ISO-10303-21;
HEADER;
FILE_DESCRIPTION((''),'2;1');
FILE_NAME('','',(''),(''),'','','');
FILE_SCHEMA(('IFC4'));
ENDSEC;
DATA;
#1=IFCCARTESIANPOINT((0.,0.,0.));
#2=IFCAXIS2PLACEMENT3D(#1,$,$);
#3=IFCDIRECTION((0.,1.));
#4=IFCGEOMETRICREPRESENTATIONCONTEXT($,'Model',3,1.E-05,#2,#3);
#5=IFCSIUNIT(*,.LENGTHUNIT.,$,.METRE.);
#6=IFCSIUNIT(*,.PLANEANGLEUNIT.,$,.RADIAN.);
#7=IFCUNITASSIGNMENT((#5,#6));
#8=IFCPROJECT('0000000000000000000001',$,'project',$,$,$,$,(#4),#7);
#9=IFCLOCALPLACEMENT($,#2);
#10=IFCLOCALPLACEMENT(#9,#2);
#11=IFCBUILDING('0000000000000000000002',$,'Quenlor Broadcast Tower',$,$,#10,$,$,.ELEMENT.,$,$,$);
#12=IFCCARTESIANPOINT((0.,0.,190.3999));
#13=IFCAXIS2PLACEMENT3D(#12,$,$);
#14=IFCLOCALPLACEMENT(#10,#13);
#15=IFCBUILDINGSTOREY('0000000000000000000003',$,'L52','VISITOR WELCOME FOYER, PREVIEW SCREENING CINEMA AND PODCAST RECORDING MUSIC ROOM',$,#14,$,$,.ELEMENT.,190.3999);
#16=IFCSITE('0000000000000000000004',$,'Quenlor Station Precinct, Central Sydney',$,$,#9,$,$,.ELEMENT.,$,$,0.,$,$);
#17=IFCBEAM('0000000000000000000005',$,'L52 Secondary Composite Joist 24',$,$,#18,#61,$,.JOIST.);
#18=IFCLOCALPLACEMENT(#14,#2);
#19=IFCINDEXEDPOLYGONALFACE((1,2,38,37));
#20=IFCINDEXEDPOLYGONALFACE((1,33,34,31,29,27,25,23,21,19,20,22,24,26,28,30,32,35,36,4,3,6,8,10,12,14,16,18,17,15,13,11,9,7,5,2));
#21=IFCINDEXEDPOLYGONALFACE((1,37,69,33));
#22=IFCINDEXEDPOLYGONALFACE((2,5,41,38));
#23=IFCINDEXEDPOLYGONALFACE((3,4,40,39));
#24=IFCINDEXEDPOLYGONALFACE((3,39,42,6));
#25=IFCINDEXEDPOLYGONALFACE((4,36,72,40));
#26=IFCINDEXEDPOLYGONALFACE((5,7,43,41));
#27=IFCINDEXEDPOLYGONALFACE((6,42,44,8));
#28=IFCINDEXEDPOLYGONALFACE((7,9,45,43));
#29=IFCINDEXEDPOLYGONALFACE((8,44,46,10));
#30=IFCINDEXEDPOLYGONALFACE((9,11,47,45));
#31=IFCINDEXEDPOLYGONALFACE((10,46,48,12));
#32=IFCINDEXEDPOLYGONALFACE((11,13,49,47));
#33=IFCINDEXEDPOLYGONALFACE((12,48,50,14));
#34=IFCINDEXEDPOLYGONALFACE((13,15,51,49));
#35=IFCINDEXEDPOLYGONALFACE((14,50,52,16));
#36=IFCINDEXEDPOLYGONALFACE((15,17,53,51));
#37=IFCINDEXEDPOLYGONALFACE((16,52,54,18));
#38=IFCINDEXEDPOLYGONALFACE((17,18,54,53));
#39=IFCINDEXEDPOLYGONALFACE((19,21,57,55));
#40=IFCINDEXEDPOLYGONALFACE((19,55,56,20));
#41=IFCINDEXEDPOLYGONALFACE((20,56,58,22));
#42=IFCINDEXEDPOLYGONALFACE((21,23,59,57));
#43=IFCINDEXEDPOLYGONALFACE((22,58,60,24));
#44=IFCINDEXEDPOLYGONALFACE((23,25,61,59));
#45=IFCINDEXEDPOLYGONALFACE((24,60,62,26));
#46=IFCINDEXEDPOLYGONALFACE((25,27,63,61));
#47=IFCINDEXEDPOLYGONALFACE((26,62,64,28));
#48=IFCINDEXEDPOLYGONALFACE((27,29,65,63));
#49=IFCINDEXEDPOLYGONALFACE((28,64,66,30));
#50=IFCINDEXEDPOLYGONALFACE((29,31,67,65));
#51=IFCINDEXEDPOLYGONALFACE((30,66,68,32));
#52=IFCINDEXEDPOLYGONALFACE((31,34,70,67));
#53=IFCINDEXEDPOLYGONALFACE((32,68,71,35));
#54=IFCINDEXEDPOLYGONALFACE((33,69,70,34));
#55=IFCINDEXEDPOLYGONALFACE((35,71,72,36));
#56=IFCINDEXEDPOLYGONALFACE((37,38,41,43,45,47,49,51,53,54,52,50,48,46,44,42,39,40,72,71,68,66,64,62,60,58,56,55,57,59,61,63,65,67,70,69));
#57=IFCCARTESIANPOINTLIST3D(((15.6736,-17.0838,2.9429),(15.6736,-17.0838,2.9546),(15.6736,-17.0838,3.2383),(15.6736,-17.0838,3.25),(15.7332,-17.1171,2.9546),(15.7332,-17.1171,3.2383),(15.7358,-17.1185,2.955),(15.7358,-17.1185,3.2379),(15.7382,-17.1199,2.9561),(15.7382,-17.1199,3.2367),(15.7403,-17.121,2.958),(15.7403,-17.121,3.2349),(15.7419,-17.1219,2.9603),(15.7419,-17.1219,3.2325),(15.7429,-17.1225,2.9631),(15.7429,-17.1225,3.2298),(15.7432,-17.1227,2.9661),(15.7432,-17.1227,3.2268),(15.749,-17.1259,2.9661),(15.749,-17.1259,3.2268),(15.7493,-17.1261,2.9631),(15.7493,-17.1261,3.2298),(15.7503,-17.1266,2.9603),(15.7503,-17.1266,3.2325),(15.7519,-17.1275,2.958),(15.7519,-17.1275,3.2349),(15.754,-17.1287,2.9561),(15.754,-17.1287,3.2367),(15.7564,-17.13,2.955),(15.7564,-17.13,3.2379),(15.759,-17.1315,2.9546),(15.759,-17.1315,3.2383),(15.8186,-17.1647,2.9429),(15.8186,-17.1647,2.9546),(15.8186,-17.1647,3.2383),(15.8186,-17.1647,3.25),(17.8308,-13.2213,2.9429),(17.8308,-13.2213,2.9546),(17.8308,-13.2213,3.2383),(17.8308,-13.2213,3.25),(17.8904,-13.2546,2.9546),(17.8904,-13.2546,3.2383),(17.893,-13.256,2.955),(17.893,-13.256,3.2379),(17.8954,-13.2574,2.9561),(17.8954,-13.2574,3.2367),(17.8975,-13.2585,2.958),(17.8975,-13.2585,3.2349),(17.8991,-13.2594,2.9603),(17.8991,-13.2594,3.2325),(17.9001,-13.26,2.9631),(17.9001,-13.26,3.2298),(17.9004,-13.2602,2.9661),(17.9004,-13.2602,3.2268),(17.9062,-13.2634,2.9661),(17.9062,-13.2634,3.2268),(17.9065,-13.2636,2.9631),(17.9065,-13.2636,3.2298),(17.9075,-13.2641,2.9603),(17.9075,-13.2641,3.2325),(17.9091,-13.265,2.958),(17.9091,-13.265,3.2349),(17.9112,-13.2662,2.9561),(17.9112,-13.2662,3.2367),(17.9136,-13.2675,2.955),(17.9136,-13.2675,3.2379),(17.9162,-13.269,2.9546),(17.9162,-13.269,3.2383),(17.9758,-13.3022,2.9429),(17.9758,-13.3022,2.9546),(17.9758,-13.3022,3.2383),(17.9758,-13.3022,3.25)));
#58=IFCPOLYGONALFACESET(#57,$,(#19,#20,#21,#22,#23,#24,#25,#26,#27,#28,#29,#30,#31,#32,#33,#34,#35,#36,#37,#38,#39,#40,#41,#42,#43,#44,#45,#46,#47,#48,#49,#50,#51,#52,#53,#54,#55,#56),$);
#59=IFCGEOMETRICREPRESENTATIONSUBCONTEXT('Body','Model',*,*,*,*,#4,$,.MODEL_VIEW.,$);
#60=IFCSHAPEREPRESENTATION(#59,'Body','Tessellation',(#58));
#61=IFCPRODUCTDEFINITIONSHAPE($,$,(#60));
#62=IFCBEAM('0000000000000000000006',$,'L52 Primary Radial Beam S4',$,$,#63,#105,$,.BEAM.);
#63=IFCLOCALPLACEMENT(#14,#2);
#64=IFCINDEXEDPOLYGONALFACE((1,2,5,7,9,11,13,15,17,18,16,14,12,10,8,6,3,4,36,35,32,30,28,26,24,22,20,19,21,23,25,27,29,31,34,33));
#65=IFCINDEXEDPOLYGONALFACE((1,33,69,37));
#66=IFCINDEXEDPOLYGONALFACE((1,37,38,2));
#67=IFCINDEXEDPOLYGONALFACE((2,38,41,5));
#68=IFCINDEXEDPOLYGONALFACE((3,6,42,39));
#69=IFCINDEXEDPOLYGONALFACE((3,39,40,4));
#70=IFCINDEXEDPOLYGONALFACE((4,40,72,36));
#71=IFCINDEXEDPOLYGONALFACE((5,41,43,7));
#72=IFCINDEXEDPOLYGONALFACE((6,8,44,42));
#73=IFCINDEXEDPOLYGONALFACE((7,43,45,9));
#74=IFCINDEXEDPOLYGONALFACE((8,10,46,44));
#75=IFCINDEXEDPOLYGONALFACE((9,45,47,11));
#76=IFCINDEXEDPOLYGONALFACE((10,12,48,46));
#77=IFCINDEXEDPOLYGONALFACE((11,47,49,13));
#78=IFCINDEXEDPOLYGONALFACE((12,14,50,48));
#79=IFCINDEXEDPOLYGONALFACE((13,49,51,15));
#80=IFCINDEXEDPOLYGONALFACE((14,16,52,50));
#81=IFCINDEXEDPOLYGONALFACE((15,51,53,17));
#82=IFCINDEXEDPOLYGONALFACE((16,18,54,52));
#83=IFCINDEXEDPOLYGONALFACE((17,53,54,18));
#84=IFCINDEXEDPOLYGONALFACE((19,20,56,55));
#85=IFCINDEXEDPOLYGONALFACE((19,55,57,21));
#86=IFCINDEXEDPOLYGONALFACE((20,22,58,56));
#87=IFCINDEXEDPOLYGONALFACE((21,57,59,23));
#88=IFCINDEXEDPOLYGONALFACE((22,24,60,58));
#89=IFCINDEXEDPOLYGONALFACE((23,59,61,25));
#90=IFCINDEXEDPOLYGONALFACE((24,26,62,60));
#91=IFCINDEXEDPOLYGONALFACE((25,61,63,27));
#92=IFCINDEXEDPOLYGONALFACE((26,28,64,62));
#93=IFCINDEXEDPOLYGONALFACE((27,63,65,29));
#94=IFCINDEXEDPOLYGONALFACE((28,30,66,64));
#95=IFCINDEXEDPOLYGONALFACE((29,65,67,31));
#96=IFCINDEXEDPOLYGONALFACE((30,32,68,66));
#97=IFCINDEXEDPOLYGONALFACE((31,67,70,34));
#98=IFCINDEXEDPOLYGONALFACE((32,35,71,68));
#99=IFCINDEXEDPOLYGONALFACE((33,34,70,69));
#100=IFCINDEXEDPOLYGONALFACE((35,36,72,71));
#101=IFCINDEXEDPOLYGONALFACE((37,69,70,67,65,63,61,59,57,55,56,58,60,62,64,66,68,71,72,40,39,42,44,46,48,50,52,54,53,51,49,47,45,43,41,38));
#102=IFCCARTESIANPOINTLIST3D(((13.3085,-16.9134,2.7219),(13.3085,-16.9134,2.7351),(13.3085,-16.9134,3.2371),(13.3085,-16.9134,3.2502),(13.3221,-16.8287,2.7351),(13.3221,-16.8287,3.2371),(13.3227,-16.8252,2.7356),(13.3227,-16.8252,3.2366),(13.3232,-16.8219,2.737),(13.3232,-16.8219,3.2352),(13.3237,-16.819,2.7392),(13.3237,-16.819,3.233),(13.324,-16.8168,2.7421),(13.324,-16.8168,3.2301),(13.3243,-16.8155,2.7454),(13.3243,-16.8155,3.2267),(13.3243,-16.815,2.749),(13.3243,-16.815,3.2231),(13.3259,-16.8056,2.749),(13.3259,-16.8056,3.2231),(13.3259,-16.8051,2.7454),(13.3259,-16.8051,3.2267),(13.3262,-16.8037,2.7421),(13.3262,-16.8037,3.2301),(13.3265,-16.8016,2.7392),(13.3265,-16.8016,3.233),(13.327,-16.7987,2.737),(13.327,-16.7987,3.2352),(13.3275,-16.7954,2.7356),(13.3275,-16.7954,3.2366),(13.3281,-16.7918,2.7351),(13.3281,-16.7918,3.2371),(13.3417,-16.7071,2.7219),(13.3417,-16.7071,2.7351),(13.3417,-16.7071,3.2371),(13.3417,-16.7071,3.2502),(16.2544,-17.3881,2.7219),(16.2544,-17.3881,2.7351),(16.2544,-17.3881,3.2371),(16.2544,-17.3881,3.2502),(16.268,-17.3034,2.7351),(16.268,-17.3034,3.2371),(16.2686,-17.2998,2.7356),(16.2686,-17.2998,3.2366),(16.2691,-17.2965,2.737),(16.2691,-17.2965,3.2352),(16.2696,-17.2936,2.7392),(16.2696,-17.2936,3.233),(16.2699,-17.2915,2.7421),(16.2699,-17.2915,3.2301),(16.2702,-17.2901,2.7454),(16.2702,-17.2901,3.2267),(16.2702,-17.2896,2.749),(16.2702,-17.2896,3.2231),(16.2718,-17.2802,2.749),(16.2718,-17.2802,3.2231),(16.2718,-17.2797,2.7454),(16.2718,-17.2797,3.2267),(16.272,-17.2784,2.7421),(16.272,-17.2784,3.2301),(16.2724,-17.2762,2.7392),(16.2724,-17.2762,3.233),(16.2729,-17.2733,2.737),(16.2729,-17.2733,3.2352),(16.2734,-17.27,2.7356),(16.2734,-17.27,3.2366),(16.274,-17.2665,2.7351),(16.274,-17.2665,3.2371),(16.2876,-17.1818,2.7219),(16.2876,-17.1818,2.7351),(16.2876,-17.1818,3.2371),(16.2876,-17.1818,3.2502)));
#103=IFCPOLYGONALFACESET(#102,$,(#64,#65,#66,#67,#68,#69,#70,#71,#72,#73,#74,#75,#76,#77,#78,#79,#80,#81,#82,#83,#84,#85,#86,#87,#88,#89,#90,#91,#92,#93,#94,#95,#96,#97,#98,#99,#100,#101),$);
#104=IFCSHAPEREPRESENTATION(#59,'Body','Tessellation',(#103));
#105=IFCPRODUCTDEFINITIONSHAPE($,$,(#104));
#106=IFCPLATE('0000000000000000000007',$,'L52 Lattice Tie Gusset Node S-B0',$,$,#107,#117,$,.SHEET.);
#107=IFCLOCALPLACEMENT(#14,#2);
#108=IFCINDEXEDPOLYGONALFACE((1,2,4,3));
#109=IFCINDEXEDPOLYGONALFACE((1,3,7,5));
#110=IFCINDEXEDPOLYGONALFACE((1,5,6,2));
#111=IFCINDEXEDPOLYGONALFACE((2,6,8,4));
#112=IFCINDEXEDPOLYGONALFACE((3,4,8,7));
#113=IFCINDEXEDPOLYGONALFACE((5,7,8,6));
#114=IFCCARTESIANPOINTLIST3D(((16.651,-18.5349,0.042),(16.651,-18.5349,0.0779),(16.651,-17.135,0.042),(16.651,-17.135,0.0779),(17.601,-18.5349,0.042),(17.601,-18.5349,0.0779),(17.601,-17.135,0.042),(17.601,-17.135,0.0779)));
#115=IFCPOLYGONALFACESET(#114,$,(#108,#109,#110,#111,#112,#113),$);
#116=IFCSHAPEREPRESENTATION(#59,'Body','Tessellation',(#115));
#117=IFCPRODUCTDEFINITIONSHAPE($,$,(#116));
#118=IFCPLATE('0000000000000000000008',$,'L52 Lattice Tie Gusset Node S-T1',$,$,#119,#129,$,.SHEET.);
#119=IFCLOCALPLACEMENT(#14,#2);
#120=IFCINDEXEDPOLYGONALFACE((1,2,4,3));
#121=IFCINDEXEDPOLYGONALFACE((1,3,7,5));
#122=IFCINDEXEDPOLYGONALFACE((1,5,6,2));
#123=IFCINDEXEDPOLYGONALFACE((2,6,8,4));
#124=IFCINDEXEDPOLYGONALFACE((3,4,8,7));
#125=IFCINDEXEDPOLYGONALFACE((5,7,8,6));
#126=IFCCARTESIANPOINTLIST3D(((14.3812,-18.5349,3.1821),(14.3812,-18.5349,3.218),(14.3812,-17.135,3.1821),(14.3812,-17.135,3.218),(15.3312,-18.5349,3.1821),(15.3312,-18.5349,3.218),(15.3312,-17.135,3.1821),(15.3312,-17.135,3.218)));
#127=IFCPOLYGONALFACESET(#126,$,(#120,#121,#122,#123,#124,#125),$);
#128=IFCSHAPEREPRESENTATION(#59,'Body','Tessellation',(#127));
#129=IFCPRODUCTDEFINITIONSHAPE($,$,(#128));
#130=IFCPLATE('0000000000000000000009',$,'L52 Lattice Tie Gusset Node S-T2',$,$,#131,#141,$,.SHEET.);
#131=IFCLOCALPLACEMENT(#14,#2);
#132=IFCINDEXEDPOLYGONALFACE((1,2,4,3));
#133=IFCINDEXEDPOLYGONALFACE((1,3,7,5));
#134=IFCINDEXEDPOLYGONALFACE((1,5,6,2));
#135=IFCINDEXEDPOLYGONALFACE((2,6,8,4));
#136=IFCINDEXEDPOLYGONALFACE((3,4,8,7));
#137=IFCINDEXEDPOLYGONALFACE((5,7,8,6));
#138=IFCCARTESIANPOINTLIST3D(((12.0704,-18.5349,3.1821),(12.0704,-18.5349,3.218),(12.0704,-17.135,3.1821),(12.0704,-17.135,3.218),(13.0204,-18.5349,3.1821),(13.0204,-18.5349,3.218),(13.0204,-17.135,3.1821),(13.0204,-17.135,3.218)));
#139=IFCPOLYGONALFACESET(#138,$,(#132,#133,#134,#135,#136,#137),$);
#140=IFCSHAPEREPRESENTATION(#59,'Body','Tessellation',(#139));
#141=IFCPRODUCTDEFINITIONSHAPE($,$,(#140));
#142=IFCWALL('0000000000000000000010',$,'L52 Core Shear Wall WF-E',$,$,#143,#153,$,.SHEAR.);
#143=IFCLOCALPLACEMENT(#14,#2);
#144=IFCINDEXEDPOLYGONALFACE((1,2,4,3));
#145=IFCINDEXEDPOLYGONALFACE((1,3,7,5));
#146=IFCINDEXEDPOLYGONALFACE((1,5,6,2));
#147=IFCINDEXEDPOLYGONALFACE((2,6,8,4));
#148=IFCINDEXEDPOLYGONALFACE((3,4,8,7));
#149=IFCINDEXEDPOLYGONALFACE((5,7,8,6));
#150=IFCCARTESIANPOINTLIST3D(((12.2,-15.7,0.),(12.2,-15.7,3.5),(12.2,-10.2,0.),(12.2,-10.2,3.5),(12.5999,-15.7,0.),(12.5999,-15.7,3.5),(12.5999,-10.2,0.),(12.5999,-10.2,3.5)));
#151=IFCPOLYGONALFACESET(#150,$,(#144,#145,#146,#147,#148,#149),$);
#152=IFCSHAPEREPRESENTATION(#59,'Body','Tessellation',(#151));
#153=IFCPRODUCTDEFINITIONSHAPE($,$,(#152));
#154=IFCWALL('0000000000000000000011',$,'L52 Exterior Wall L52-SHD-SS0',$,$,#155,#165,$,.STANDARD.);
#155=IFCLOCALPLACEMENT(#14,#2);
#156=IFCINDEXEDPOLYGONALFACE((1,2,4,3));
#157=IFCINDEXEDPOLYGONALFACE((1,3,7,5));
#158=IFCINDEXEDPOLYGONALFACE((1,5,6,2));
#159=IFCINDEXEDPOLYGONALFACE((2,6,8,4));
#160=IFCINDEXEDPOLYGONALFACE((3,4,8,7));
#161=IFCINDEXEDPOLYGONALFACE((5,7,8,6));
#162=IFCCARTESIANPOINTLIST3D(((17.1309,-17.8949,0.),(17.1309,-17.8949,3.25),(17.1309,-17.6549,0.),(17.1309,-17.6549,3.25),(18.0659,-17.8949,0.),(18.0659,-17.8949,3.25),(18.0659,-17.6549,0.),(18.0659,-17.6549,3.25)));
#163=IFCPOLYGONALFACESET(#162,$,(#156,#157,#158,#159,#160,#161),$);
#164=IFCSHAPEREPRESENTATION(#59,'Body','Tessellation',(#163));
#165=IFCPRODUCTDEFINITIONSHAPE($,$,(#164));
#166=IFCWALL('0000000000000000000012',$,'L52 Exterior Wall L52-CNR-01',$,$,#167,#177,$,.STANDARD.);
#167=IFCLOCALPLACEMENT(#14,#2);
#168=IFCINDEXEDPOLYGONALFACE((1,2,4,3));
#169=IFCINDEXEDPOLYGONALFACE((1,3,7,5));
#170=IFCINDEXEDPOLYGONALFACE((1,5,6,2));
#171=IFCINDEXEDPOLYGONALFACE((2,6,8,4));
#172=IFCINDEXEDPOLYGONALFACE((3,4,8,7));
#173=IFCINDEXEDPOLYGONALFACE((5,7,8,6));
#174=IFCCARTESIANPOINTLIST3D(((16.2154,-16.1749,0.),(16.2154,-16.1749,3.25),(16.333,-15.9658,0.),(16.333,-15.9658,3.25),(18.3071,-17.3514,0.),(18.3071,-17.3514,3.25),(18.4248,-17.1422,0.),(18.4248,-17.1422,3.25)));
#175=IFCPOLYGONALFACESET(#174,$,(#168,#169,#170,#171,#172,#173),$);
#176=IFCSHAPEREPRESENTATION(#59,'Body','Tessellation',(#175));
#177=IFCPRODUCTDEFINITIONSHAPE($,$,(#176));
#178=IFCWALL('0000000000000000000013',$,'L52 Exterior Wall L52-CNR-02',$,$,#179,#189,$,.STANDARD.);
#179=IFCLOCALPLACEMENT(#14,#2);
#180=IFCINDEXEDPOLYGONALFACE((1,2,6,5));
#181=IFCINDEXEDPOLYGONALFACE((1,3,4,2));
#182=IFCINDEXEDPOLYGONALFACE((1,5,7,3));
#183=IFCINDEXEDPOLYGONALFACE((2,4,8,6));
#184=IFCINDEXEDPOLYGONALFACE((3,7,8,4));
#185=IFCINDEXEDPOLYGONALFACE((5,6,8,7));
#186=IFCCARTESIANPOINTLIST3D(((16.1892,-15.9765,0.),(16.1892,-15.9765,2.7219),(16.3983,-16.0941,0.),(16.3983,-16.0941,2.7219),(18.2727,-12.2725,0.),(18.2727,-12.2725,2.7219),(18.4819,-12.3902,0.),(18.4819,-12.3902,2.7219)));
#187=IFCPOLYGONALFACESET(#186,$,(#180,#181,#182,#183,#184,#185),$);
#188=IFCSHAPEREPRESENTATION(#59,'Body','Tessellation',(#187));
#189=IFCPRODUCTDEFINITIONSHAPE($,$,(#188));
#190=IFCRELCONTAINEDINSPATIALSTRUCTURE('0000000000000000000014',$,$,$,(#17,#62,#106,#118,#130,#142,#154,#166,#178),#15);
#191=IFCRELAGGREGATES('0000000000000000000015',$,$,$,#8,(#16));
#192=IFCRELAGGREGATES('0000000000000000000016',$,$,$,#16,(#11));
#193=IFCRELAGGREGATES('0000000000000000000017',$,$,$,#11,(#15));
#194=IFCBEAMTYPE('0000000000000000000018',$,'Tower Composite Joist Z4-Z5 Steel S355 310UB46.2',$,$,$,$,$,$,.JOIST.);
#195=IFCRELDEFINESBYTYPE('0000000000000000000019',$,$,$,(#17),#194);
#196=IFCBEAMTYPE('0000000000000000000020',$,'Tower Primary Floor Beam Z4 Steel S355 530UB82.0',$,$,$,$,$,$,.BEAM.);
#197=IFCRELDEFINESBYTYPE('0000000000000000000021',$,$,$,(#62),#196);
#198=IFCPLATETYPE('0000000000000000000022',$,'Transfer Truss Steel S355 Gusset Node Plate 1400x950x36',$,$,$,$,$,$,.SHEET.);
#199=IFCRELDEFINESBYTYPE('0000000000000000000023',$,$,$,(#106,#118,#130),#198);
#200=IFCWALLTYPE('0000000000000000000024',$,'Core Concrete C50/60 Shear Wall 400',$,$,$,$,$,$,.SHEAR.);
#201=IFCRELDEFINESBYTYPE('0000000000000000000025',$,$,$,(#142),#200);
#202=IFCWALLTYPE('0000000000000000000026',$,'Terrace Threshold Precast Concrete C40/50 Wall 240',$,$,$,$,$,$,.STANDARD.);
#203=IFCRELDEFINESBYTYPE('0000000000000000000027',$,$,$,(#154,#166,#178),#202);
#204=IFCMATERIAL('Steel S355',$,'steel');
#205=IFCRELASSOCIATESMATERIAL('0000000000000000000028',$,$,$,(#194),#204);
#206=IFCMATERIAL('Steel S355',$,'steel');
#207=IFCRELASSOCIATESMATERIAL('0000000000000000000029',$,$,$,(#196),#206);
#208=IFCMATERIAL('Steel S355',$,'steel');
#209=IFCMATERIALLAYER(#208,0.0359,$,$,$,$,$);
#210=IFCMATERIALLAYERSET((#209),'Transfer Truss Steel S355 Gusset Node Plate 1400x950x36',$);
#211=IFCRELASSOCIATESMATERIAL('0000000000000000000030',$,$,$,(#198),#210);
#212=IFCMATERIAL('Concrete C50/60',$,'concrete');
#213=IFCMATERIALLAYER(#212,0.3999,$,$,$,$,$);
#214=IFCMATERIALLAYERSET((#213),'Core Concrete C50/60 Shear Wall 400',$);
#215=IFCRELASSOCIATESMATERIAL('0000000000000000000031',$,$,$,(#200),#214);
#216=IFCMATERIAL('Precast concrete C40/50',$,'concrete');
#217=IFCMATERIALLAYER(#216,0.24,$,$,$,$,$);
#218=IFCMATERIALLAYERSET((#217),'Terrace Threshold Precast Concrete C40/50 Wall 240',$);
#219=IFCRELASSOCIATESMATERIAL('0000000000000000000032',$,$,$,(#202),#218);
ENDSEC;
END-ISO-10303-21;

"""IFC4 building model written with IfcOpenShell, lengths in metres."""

from ifc_helpers import new_model, si_unit, direction, frame, frame_2d, origin, origin_2d, place, context, subcontext, project, spatial, rectangle, i_section, extrude, material, layer, layer_set, material_profile, profile_set, type_object, element, save


model = new_model("IFC4")

# Units and contexts
model_context = context("Model", 3, precision=1e-05, world=origin(), true_north=direction((0.0, 1.0)))
body_context = subcontext(model_context, "Body", "Model", "MODEL_VIEW")
ifc_project = project(units=[si_unit("LENGTHUNIT", "METRE"), si_unit("PLANEANGLEUNIT", "RADIAN")], contexts=[model_context])

# Site, building, storey
site_placement = place(None, origin())
site = spatial("IfcSite", under=ifc_project, at=site_placement, Name="Quenlor Station Precinct, Central Sydney", CompositionType="ELEMENT", RefElevation=0.0)
building_placement = place(site_placement, origin())
building = spatial("IfcBuilding", under=site, at=building_placement, Name="Quenlor Broadcast Tower", CompositionType="ELEMENT")
storey_placement = place(building_placement, frame((0.0, 0.0, 190.3999)))
storey = spatial("IfcBuildingStorey", under=building, at=storey_placement, Name="L52", Description="VISITOR WELCOME FOYER, PREVIEW SCREENING CINEMA AND PODCAST RECORDING MUSIC ROOM", CompositionType="ELEMENT", Elevation=190.3999)

# Beams
ifc_material_1 = material(Name="Steel S355", Category="steel")
ifc_material_profile_1 = material_profile(ifc_material_1, i_section(OverallWidth=0.166, OverallDepth=0.3071, WebThickness=0.0066, FlangeThickness=0.0117, FilletRadius=0.0115, at=origin_2d()))
ifc_profile_set_1 = profile_set([ifc_material_profile_1], Name="Steel S355 310UB46.2")
beam_type_1 = type_object("IfcBeamType", Name="Tower Composite Joist Z4-Z5 Steel S355 310UB46.2", PredefinedType="JOIST", material=ifc_profile_set_1)
beam_1_placement = place(storey_placement, frame((15.7461, -17.1243, 3.0964), z_axis=(0.487605, 0.873064, 0.0), x_axis=(-0.873064, 0.487605, 0.0)))
element("IfcBeam", 1, at=beam_1_placement, inside=storey, type_object=beam_type_1, Name="L52 Secondary Composite Joist 24", PredefinedType="JOIST", context=body_context, shape_type="SweptSolid", body=[
    extrude(i_section(OverallWidth=0.166, OverallDepth=0.3071, WebThickness=0.0066, FlangeThickness=0.0117, FilletRadius=0.0115, at=origin_2d()), origin(), (0.0, 0.0, 1.0), 4.4241),
])
ifc_material_2 = material(Name="Steel S355", Category="steel")
ifc_material_profile_2 = material_profile(ifc_material_2, i_section(OverallWidth=0.209, OverallDepth=0.5283, WebThickness=0.0095, FlangeThickness=0.0132, FilletRadius=0.0139, at=origin_2d()))
ifc_profile_set_2 = profile_set([ifc_material_profile_2], Name="Steel S355 530UB82.0")
beam_type_2 = type_object("IfcBeamType", Name="Tower Primary Floor Beam Z4 Steel S355 530UB82.0", PredefinedType="BEAM", material=ifc_profile_set_2)
beam_2_placement = place(storey_placement, frame((16.271, -17.2849, 2.9861), z_axis=(-0.987268, 0.159063, 0.0), x_axis=(-0.159063, -0.987268, 0.0)))
element("IfcBeam", 2, at=beam_2_placement, inside=storey, type_object=beam_type_2, Name="L52 Primary Radial Beam S4", PredefinedType="BEAM", context=body_context, shape_type="SweptSolid", body=[
    extrude(i_section(OverallWidth=0.209, OverallDepth=0.5283, WebThickness=0.0095, FlangeThickness=0.0132, FilletRadius=0.0139, at=origin_2d()), origin(), (0.0, 0.0, 1.0), 2.9839),
])

# Plates
ifc_material_3 = material(Name="Steel S355", Category="steel")
ifc_layer_1 = layer(ifc_material_3, 0.0359)
ifc_layer_set_1 = layer_set([ifc_layer_1], Name="Transfer Truss Steel S355 Gusset Node Plate 1400x950x36")
plate_type = type_object("IfcPlateType", Name="Transfer Truss Steel S355 Gusset Node Plate 1400x950x36", PredefinedType="SHEET", material=ifc_layer_set_1)
for number, where, z_axis, x_axis, name in (
    (3, (17.126, -17.835, 0.042), (0.0, 0.0, 1.0), (0.0, -1.0, 0.0), "L52 Lattice Tie Gusset Node S-B0"),
    (4, (14.8562, -17.835, 3.1821), (0.0, 0.0, 1.0), (0.0, -1.0, 0.0), "L52 Lattice Tie Gusset Node S-T1"),
    (5, (12.5454, -17.835, 3.1821), (0.0, 0.0, 1.0), (0.0, -1.0, 0.0), "L52 Lattice Tie Gusset Node S-T2"),
):
    element("IfcPlate", number, at=place(storey_placement, frame(where, z_axis=z_axis, x_axis=x_axis)), inside=storey, type_object=plate_type, Name=name, PredefinedType="SHEET", context=body_context, shape_type="SweptSolid", body=[
        extrude(rectangle(XDim=1.3999, YDim=0.95, at=origin_2d()), origin(), (0.0, 0.0, 1.0), 0.0359),
    ])

# Walls
ifc_material_4 = material(Name="Concrete C50/60", Category="concrete")
ifc_layer_2 = layer(ifc_material_4, 0.3999)
ifc_layer_set_2 = layer_set([ifc_layer_2], Name="Core Concrete C50/60 Shear Wall 400")
wall_type_1 = type_object("IfcWallType", Name="Core Concrete C50/60 Shear Wall 400", PredefinedType="SHEAR", material=ifc_layer_set_2)
wall_1_placement = place(storey_placement, frame((12.3999, -15.7, 0.0), z_axis=(0.0, 0.0, 1.0), x_axis=(0.0, 1.0, 0.0)))
element("IfcWall", 6, at=wall_1_placement, inside=storey, type_object=wall_type_1, Name="L52 Core Shear Wall WF-E", PredefinedType="SHEAR", context=body_context, shape_type="SweptSolid", body=[
    extrude(rectangle(XDim=5.5, YDim=0.3999, at=frame_2d((2.75, 0.0))), origin(), (0.0, 0.0, 1.0), 3.5),
])
ifc_material_5 = material(Name="Precast concrete C40/50", Category="concrete")
ifc_layer_3 = layer(ifc_material_5, 0.24)
ifc_layer_set_3 = layer_set([ifc_layer_3], Name="Terrace Threshold Precast Concrete C40/50 Wall 240")
wall_type_2 = type_object("IfcWallType", Name="Terrace Threshold Precast Concrete C40/50 Wall 240", PredefinedType="STANDARD", material=ifc_layer_set_3)
wall_2_placement = place(storey_placement, frame((18.0659, -17.7749, 0.0), z_axis=(0.0, 0.0, 1.0), x_axis=(-1.0, 0.0, 0.0)))
element("IfcWall", 7, at=wall_2_placement, inside=storey, type_object=wall_type_2, Name="L52 Exterior Wall L52-SHD-SS0", PredefinedType="STANDARD", context=body_context, shape_type="SweptSolid", body=[
    extrude(rectangle(XDim=0.9351, YDim=0.24, at=frame_2d((0.4675, 0.0))), origin(), (0.0, 0.0, 1.0), 3.25),
])
wall_3_placement = place(storey_placement, frame((18.366, -17.2468, 0.0), z_axis=(0.0, 0.0, 1.0), x_axis=(-0.871597, 0.490223, 0.0)))
element("IfcWall", 8, at=wall_3_placement, inside=storey, type_object=wall_type_2, Name="L52 Exterior Wall L52-CNR-01", PredefinedType="STANDARD", context=body_context, shape_type="SweptSolid", body=[
    extrude(rectangle(XDim=2.3999, YDim=0.24, at=frame_2d((1.2, 0.0))), origin(), (0.0, 0.0, 1.0), 3.25),
])
wall_4_placement = place(storey_placement, frame((16.2937, -16.0354, 0.0), z_axis=(0.0, 0.0, 1.0), x_axis=(0.490275, 0.871568, 0.0)))
element("IfcWall", 9, at=wall_4_placement, inside=storey, type_object=wall_type_2, Name="L52 Exterior Wall L52-CNR-02", PredefinedType="STANDARD", context=body_context, shape_type="SweptSolid", body=[
    extrude(rectangle(XDim=4.2498, YDim=0.24, at=frame_2d((2.125, 0.0))), origin(), (0.0, 0.0, 1.0), 2.7219),
])

save(model, "model.ifc")
